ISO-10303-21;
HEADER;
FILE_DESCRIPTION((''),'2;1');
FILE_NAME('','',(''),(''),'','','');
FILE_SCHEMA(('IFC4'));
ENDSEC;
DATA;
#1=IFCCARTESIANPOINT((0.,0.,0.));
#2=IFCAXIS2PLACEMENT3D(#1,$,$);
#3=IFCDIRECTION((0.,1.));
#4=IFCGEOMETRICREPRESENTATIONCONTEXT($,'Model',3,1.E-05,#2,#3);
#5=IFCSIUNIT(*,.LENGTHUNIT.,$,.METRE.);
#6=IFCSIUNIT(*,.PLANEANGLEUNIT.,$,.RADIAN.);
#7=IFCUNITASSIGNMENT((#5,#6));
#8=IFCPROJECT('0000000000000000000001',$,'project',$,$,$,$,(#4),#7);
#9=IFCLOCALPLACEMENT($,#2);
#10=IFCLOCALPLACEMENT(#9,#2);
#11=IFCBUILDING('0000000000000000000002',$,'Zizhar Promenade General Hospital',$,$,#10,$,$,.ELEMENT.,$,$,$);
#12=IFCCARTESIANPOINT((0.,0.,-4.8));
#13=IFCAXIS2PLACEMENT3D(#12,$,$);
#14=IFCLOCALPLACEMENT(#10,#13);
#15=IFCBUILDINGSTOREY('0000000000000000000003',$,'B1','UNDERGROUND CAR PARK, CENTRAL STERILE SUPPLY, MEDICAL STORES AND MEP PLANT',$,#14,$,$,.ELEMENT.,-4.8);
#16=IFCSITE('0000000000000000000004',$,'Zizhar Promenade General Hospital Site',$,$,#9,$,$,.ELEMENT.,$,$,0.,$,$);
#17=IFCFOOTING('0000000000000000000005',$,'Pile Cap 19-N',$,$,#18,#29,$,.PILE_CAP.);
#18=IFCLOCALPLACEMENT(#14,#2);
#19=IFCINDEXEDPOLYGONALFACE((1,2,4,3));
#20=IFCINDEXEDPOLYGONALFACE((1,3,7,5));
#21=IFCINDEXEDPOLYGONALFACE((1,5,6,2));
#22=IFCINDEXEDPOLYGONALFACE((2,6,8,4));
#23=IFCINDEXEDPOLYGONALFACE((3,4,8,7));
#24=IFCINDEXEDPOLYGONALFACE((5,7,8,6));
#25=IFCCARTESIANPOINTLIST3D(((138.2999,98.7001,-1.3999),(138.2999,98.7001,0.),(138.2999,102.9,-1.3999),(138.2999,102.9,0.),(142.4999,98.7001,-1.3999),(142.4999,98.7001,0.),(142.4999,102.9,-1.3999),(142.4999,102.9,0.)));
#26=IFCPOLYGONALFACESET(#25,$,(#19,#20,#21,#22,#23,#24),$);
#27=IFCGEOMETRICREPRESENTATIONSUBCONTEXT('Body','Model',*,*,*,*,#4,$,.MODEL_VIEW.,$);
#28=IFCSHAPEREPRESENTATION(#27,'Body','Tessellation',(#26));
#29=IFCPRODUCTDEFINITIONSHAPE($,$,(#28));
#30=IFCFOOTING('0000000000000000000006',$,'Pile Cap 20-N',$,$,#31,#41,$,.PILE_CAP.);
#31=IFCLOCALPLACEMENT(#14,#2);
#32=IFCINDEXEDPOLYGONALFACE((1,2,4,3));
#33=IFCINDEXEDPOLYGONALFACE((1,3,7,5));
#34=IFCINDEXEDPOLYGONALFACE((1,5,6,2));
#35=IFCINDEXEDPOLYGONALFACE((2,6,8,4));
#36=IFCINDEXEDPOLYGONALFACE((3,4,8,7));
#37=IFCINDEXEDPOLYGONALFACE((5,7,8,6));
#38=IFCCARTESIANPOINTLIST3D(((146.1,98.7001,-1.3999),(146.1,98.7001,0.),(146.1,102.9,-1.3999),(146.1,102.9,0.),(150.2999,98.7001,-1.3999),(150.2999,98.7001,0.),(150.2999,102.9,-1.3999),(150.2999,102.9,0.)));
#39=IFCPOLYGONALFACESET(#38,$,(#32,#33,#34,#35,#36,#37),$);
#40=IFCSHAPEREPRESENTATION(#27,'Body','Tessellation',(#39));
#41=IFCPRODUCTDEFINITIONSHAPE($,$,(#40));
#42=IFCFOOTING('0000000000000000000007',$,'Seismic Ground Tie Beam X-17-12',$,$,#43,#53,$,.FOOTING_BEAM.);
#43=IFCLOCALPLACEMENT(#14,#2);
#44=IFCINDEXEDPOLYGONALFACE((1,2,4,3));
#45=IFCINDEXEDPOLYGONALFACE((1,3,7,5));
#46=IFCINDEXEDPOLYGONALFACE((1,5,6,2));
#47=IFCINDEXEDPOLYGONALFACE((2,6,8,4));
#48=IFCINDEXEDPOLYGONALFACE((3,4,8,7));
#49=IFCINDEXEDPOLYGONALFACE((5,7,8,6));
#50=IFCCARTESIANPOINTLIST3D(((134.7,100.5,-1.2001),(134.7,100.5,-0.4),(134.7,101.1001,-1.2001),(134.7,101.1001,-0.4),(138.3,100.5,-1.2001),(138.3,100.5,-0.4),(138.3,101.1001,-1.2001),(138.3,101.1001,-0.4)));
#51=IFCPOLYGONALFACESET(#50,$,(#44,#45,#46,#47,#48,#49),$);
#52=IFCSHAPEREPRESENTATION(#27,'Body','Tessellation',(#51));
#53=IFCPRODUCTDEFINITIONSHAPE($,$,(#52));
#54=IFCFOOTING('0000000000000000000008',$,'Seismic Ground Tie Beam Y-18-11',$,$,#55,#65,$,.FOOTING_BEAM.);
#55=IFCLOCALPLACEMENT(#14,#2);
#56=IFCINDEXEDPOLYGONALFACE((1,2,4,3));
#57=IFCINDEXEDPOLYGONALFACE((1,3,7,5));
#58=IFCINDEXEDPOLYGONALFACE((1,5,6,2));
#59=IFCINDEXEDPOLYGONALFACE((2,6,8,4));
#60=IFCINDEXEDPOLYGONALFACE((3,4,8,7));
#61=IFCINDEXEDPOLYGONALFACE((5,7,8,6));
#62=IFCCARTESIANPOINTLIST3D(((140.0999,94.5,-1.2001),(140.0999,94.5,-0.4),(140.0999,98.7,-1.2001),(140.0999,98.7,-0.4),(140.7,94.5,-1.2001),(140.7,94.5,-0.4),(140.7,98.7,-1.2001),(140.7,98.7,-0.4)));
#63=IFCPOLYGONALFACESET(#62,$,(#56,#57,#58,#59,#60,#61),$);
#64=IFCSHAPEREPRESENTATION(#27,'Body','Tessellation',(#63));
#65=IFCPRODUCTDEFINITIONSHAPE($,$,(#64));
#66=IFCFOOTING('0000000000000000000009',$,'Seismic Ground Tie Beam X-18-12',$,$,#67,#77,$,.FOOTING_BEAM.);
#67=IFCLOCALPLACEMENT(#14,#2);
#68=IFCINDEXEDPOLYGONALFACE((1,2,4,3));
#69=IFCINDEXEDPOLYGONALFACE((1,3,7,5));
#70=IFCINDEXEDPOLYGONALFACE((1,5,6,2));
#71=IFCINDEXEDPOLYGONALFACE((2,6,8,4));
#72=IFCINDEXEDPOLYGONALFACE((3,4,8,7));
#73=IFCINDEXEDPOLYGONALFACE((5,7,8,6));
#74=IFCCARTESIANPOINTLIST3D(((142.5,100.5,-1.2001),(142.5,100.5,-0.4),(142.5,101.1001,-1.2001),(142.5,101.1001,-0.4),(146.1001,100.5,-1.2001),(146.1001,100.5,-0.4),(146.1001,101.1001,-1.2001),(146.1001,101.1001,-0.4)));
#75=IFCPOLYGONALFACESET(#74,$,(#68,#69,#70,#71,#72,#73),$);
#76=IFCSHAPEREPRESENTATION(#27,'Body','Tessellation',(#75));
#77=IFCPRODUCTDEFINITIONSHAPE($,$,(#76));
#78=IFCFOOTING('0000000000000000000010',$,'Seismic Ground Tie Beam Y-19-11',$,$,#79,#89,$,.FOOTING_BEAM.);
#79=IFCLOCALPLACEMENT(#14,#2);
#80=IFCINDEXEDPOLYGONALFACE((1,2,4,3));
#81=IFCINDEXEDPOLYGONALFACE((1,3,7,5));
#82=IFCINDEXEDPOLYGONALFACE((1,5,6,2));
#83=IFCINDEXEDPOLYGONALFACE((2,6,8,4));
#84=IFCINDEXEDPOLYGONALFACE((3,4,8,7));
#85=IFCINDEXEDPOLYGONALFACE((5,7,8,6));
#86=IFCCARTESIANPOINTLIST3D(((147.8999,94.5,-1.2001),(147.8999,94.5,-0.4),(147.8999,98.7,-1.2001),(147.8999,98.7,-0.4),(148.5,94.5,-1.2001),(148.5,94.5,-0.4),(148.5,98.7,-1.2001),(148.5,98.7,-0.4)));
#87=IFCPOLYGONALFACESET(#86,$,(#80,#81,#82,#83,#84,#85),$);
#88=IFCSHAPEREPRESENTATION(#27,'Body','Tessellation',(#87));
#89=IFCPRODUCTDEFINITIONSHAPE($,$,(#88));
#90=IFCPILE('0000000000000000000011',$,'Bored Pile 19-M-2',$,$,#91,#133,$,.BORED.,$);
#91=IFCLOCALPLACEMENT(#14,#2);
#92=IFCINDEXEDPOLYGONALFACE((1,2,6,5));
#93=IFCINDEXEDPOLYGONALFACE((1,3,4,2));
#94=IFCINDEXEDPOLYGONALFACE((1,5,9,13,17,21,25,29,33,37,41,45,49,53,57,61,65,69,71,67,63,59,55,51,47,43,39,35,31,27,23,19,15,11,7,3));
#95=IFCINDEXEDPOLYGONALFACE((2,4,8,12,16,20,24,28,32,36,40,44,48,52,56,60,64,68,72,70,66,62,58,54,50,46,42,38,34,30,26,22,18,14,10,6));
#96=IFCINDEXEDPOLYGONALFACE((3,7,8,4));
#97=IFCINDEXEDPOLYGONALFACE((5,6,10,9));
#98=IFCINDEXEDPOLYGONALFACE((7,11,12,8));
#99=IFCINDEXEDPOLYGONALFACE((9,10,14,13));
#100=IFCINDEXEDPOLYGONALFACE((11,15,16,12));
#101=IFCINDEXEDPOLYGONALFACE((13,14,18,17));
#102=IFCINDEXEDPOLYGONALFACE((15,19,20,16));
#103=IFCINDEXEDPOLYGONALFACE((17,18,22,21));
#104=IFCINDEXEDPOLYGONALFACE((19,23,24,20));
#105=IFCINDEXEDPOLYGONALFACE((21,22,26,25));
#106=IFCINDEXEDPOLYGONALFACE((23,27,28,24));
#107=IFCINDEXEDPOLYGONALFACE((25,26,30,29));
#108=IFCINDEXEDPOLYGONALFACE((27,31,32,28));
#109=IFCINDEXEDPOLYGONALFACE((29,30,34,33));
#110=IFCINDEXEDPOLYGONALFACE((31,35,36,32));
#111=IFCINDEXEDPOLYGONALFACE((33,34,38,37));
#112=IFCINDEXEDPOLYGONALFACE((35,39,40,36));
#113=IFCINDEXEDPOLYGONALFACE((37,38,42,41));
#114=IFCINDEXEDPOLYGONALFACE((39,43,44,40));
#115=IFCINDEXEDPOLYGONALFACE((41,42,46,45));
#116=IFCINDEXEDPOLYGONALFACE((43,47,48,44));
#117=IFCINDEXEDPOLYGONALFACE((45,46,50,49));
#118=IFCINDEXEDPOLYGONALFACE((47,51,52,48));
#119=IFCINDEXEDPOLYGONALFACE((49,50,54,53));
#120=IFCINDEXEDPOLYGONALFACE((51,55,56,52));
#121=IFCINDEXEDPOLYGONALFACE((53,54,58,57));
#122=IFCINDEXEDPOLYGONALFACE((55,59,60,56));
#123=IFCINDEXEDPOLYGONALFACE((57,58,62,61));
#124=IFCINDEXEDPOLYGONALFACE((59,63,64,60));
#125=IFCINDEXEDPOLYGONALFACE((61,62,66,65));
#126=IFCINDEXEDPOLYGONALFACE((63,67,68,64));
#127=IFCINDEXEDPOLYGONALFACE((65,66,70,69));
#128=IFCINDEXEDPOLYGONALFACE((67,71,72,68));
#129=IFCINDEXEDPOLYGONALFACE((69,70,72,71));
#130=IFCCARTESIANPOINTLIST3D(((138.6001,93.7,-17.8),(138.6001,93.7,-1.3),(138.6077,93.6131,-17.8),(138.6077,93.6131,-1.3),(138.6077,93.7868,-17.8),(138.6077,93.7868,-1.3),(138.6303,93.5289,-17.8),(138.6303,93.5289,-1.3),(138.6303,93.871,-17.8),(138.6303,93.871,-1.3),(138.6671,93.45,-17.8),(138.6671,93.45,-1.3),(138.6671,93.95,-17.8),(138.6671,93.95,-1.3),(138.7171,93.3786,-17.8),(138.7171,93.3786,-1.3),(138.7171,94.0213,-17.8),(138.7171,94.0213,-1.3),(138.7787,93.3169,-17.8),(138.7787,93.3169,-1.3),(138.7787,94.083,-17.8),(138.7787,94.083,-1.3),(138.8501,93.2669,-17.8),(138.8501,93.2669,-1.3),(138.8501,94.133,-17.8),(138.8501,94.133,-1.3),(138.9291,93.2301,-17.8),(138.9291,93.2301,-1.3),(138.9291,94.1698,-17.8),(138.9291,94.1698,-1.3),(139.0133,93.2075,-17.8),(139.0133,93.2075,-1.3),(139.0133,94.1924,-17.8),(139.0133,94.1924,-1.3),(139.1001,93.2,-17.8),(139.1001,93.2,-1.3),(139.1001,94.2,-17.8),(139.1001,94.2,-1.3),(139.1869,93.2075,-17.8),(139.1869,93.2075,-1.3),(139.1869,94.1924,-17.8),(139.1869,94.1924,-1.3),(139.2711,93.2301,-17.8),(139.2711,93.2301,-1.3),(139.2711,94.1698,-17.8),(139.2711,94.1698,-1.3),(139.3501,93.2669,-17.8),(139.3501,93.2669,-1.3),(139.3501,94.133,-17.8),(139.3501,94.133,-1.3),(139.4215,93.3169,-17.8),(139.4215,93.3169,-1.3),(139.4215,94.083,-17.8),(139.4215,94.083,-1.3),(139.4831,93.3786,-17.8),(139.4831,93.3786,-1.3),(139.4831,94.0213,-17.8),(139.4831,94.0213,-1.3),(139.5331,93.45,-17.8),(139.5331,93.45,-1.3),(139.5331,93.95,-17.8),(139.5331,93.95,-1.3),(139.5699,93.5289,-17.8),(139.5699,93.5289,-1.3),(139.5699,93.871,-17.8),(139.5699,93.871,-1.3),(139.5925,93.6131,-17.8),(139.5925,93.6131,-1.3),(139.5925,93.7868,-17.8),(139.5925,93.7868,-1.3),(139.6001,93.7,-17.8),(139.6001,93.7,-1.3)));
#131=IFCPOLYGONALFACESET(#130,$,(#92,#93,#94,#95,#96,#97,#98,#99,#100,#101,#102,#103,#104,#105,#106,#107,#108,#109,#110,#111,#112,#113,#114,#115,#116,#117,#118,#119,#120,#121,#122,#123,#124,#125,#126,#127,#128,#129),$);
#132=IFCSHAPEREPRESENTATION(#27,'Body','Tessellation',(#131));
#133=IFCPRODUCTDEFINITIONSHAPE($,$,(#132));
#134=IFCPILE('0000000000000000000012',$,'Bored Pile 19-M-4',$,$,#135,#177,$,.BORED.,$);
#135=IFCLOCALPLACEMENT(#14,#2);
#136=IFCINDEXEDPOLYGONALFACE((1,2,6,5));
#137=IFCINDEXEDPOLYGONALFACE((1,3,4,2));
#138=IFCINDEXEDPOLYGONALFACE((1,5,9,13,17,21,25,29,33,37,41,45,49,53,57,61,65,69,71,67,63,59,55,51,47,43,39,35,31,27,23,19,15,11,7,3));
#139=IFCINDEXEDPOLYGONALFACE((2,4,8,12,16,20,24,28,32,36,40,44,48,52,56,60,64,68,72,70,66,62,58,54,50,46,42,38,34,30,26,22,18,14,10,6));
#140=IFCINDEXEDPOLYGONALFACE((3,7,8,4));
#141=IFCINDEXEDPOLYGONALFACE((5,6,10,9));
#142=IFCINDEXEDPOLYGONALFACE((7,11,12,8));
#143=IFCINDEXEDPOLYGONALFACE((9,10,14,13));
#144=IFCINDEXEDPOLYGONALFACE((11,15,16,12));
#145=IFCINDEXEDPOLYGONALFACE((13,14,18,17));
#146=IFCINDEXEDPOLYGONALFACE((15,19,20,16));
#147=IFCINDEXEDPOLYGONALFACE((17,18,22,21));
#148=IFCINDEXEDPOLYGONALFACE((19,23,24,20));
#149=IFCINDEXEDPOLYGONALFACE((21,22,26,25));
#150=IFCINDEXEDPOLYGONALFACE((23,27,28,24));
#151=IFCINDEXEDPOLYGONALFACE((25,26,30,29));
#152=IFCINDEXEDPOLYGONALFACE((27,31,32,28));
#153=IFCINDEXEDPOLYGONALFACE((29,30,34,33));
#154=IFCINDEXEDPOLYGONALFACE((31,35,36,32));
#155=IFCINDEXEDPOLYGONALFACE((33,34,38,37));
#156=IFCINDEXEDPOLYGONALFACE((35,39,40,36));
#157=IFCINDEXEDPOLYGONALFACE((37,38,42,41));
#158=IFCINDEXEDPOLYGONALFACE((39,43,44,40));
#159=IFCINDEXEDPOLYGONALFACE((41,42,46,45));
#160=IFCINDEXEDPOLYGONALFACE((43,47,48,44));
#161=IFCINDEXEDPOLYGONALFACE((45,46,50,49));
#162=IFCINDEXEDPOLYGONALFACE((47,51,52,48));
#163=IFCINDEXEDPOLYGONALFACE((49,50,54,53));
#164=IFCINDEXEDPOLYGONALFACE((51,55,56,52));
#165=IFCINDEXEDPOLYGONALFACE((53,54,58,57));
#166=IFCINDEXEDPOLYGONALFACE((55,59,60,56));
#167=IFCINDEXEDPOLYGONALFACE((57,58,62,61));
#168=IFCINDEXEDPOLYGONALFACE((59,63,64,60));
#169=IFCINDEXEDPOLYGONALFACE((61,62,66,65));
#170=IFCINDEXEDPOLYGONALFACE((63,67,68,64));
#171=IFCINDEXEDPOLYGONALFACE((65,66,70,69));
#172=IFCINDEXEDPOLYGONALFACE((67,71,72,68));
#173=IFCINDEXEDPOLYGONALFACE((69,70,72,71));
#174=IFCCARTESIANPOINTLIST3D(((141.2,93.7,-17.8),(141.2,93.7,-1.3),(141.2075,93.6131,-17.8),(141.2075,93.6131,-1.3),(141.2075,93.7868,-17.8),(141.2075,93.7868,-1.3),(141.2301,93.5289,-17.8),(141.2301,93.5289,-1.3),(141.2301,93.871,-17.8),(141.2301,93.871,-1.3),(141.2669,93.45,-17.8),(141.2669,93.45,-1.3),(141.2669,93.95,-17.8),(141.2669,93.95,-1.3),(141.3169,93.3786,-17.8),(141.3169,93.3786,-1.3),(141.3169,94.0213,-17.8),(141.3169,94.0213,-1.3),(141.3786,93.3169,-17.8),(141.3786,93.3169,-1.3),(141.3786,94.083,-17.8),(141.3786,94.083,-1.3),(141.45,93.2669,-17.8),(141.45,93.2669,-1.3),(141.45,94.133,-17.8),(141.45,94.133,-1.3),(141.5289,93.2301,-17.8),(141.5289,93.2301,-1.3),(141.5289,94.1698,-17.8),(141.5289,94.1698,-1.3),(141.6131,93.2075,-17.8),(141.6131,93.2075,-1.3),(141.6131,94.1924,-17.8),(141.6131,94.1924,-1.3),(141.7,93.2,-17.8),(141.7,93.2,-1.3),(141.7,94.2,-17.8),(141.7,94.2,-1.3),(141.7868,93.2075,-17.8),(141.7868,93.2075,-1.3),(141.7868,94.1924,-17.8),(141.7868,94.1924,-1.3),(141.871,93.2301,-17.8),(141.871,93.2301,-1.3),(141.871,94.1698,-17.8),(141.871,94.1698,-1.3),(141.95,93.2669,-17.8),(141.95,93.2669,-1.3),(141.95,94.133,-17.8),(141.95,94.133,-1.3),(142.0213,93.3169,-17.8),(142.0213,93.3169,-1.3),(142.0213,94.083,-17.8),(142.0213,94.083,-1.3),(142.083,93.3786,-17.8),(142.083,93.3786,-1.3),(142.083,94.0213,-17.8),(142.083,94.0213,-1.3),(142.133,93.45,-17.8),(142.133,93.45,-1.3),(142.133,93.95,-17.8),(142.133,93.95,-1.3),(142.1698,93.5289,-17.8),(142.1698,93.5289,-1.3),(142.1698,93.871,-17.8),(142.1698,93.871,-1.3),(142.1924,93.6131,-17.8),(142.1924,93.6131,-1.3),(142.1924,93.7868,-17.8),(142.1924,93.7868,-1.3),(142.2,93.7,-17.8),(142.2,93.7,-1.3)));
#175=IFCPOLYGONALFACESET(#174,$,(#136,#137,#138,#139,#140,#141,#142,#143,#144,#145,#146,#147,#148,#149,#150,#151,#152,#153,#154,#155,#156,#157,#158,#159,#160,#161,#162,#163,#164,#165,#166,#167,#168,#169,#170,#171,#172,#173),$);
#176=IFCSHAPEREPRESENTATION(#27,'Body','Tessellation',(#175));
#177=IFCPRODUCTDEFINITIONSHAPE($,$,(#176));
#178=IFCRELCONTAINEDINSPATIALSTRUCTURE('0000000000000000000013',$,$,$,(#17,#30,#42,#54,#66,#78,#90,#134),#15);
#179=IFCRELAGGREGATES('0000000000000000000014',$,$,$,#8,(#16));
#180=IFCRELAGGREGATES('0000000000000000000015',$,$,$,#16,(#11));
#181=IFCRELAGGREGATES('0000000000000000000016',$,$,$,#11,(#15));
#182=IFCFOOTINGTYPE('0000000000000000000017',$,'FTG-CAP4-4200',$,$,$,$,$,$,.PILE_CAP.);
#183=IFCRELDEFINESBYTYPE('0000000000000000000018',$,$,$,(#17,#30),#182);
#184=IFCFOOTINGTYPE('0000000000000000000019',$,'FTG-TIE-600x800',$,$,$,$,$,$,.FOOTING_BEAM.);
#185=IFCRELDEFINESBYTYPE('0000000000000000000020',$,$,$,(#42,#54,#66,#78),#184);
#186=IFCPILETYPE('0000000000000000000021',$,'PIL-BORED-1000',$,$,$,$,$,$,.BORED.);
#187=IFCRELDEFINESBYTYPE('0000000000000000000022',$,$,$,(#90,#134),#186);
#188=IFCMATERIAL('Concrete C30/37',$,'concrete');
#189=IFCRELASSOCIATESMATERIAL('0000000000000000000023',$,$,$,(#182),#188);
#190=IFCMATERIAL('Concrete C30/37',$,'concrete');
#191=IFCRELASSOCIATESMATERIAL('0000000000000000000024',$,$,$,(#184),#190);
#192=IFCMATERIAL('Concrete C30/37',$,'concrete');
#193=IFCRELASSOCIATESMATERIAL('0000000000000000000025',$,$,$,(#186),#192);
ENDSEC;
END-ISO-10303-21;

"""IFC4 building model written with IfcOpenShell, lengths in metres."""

from ifc_helpers import new_model, si_unit, direction, frame, origin, origin_2d, place, context, subcontext, project, spatial, rectangle, circle, extrude, material, material_profile, profile_set, type_object, element, save


model = new_model("IFC4")

# Units and contexts
model_context = context("Model", 3, precision=1e-05, world=origin(), true_north=direction((0.0, 1.0)))
body_context = subcontext(model_context, "Body", "Model", "MODEL_VIEW")
ifc_project = project(units=[si_unit("LENGTHUNIT", "METRE"), si_unit("PLANEANGLEUNIT", "RADIAN")], contexts=[model_context])

# Site, building, storey
site_placement = place(None, origin())
site = spatial("IfcSite", under=ifc_project, at=site_placement, Name="Zizhar Promenade General Hospital Site", CompositionType="ELEMENT", RefElevation=0.0)
building_placement = place(site_placement, origin())
building = spatial("IfcBuilding", under=site, at=building_placement, Name="Zizhar Promenade General Hospital", CompositionType="ELEMENT")
storey_placement = place(building_placement, frame((0.0, 0.0, -4.8)))
storey = spatial("IfcBuildingStorey", under=building, at=storey_placement, Name="B1", Description="UNDERGROUND CAR PARK, CENTRAL STERILE SUPPLY, MEDICAL STORES AND MEP PLANT", CompositionType="ELEMENT", Elevation=-4.8)

# Footings
ifc_material_1 = material(Name="Concrete C30/37", Category="concrete")
footing_type_1 = type_object("IfcFootingType", Name="FTG-CAP4-4200", PredefinedType="PILE_CAP", material=ifc_material_1)
for number, where, z_axis, x_axis, name in (
    (1, (140.3999, 100.8, -1.3999), (0.0, 0.0, 1.0), (1.0, 0.0, 0.0), "Pile Cap 19-N"),
    (2, (148.2, 100.8, -1.3999), (0.0, 0.0, 1.0), (1.0, 0.0, 0.0), "Pile Cap 20-N"),
):
    element("IfcFooting", number, at=place(storey_placement, frame(where, z_axis=z_axis, x_axis=x_axis)), inside=storey, type_object=footing_type_1, Name=name, PredefinedType="PILE_CAP", context=body_context, shape_type="SweptSolid", body=[
        extrude(rectangle(XDim=4.2, YDim=4.2, at=origin_2d()), origin(), (0.0, 0.0, 1.0), 1.3999),
    ])
ifc_material_2 = material(Name="Concrete C30/37", Category="concrete")
ifc_material_profile_1 = material_profile(ifc_material_2, rectangle(XDim=0.6001, YDim=0.8, at=origin_2d()))
ifc_profile_set_1 = profile_set([ifc_material_profile_1], Name="Concrete C30/37")
footing_type_2 = type_object("IfcFootingType", Name="FTG-TIE-600x800", PredefinedType="FOOTING_BEAM", material=ifc_profile_set_1)
footing_1_placement = place(storey_placement, frame((134.7, 100.8, -0.8), z_axis=(1.0, 0.0, 0.0), x_axis=(0.0, 1.0, 0.0)))
element("IfcFooting", 3, at=footing_1_placement, inside=storey, type_object=footing_type_2, Name="Seismic Ground Tie Beam X-17-12", PredefinedType="FOOTING_BEAM", context=body_context, shape_type="SweptSolid", body=[
    extrude(rectangle(XDim=0.6001, YDim=0.8, at=origin_2d()), origin(), (0.0, 0.0, 1.0), 3.6001),
])
footing_2_placement = place(storey_placement, frame((140.3999, 94.5, -0.8), z_axis=(0.0, 1.0, 0.0), x_axis=(-1.0, 0.0, 0.0)))
element("IfcFooting", 4, at=footing_2_placement, inside=storey, type_object=footing_type_2, Name="Seismic Ground Tie Beam Y-18-11", PredefinedType="FOOTING_BEAM", context=body_context, shape_type="SweptSolid", body=[
    extrude(rectangle(XDim=0.6001, YDim=0.8, at=origin_2d()), origin(), (0.0, 0.0, 1.0), 4.2),
])
footing_3_placement = place(storey_placement, frame((142.5, 100.8, -0.8), z_axis=(1.0, 0.0, 0.0), x_axis=(0.0, 1.0, 0.0)))
element("IfcFooting", 5, at=footing_3_placement, inside=storey, type_object=footing_type_2, Name="Seismic Ground Tie Beam X-18-12", PredefinedType="FOOTING_BEAM", context=body_context, shape_type="SweptSolid", body=[
    extrude(rectangle(XDim=0.6001, YDim=0.8, at=origin_2d()), origin(), (0.0, 0.0, 1.0), 3.6001),
])
footing_4_placement = place(storey_placement, frame((148.2, 94.5, -0.8), z_axis=(0.0, 1.0, 0.0), x_axis=(-1.0, 0.0, 0.0)))
element("IfcFooting", 6, at=footing_4_placement, inside=storey, type_object=footing_type_2, Name="Seismic Ground Tie Beam Y-19-11", PredefinedType="FOOTING_BEAM", context=body_context, shape_type="SweptSolid", body=[
    extrude(rectangle(XDim=0.6001, YDim=0.8, at=origin_2d()), origin(), (0.0, 0.0, 1.0), 4.2),
])

# Piles
ifc_material_3 = material(Name="Concrete C30/37", Category="concrete")
ifc_material_profile_2 = material_profile(ifc_material_3, circle(Radius=0.5, at=origin_2d()))
ifc_profile_set_2 = profile_set([ifc_material_profile_2], Name="Concrete C30/37")
pile_type = type_object("IfcPileType", Name="PIL-BORED-1000", PredefinedType="BORED", material=ifc_profile_set_2)
for number, where, z_axis, x_axis, name in (
    (7, (139.1001, 93.7, -1.3), (0.0, 0.0, -1.0), (1.0, 0.0, 0.0), "Bored Pile 19-M-2"),
    (8, (141.7, 93.7, -1.3), (0.0, 0.0, -1.0), (1.0, 0.0, 0.0), "Bored Pile 19-M-4"),
):
    element("IfcPile", number, at=place(storey_placement, frame(where, z_axis=z_axis, x_axis=x_axis)), inside=storey, type_object=pile_type, Name=name, PredefinedType="BORED", context=body_context, shape_type="SweptSolid", body=[
        extrude(circle(Radius=0.5, at=origin_2d()), origin(), (0.0, 0.0, 1.0), 16.5),
    ])

save(model, "model.ifc")
